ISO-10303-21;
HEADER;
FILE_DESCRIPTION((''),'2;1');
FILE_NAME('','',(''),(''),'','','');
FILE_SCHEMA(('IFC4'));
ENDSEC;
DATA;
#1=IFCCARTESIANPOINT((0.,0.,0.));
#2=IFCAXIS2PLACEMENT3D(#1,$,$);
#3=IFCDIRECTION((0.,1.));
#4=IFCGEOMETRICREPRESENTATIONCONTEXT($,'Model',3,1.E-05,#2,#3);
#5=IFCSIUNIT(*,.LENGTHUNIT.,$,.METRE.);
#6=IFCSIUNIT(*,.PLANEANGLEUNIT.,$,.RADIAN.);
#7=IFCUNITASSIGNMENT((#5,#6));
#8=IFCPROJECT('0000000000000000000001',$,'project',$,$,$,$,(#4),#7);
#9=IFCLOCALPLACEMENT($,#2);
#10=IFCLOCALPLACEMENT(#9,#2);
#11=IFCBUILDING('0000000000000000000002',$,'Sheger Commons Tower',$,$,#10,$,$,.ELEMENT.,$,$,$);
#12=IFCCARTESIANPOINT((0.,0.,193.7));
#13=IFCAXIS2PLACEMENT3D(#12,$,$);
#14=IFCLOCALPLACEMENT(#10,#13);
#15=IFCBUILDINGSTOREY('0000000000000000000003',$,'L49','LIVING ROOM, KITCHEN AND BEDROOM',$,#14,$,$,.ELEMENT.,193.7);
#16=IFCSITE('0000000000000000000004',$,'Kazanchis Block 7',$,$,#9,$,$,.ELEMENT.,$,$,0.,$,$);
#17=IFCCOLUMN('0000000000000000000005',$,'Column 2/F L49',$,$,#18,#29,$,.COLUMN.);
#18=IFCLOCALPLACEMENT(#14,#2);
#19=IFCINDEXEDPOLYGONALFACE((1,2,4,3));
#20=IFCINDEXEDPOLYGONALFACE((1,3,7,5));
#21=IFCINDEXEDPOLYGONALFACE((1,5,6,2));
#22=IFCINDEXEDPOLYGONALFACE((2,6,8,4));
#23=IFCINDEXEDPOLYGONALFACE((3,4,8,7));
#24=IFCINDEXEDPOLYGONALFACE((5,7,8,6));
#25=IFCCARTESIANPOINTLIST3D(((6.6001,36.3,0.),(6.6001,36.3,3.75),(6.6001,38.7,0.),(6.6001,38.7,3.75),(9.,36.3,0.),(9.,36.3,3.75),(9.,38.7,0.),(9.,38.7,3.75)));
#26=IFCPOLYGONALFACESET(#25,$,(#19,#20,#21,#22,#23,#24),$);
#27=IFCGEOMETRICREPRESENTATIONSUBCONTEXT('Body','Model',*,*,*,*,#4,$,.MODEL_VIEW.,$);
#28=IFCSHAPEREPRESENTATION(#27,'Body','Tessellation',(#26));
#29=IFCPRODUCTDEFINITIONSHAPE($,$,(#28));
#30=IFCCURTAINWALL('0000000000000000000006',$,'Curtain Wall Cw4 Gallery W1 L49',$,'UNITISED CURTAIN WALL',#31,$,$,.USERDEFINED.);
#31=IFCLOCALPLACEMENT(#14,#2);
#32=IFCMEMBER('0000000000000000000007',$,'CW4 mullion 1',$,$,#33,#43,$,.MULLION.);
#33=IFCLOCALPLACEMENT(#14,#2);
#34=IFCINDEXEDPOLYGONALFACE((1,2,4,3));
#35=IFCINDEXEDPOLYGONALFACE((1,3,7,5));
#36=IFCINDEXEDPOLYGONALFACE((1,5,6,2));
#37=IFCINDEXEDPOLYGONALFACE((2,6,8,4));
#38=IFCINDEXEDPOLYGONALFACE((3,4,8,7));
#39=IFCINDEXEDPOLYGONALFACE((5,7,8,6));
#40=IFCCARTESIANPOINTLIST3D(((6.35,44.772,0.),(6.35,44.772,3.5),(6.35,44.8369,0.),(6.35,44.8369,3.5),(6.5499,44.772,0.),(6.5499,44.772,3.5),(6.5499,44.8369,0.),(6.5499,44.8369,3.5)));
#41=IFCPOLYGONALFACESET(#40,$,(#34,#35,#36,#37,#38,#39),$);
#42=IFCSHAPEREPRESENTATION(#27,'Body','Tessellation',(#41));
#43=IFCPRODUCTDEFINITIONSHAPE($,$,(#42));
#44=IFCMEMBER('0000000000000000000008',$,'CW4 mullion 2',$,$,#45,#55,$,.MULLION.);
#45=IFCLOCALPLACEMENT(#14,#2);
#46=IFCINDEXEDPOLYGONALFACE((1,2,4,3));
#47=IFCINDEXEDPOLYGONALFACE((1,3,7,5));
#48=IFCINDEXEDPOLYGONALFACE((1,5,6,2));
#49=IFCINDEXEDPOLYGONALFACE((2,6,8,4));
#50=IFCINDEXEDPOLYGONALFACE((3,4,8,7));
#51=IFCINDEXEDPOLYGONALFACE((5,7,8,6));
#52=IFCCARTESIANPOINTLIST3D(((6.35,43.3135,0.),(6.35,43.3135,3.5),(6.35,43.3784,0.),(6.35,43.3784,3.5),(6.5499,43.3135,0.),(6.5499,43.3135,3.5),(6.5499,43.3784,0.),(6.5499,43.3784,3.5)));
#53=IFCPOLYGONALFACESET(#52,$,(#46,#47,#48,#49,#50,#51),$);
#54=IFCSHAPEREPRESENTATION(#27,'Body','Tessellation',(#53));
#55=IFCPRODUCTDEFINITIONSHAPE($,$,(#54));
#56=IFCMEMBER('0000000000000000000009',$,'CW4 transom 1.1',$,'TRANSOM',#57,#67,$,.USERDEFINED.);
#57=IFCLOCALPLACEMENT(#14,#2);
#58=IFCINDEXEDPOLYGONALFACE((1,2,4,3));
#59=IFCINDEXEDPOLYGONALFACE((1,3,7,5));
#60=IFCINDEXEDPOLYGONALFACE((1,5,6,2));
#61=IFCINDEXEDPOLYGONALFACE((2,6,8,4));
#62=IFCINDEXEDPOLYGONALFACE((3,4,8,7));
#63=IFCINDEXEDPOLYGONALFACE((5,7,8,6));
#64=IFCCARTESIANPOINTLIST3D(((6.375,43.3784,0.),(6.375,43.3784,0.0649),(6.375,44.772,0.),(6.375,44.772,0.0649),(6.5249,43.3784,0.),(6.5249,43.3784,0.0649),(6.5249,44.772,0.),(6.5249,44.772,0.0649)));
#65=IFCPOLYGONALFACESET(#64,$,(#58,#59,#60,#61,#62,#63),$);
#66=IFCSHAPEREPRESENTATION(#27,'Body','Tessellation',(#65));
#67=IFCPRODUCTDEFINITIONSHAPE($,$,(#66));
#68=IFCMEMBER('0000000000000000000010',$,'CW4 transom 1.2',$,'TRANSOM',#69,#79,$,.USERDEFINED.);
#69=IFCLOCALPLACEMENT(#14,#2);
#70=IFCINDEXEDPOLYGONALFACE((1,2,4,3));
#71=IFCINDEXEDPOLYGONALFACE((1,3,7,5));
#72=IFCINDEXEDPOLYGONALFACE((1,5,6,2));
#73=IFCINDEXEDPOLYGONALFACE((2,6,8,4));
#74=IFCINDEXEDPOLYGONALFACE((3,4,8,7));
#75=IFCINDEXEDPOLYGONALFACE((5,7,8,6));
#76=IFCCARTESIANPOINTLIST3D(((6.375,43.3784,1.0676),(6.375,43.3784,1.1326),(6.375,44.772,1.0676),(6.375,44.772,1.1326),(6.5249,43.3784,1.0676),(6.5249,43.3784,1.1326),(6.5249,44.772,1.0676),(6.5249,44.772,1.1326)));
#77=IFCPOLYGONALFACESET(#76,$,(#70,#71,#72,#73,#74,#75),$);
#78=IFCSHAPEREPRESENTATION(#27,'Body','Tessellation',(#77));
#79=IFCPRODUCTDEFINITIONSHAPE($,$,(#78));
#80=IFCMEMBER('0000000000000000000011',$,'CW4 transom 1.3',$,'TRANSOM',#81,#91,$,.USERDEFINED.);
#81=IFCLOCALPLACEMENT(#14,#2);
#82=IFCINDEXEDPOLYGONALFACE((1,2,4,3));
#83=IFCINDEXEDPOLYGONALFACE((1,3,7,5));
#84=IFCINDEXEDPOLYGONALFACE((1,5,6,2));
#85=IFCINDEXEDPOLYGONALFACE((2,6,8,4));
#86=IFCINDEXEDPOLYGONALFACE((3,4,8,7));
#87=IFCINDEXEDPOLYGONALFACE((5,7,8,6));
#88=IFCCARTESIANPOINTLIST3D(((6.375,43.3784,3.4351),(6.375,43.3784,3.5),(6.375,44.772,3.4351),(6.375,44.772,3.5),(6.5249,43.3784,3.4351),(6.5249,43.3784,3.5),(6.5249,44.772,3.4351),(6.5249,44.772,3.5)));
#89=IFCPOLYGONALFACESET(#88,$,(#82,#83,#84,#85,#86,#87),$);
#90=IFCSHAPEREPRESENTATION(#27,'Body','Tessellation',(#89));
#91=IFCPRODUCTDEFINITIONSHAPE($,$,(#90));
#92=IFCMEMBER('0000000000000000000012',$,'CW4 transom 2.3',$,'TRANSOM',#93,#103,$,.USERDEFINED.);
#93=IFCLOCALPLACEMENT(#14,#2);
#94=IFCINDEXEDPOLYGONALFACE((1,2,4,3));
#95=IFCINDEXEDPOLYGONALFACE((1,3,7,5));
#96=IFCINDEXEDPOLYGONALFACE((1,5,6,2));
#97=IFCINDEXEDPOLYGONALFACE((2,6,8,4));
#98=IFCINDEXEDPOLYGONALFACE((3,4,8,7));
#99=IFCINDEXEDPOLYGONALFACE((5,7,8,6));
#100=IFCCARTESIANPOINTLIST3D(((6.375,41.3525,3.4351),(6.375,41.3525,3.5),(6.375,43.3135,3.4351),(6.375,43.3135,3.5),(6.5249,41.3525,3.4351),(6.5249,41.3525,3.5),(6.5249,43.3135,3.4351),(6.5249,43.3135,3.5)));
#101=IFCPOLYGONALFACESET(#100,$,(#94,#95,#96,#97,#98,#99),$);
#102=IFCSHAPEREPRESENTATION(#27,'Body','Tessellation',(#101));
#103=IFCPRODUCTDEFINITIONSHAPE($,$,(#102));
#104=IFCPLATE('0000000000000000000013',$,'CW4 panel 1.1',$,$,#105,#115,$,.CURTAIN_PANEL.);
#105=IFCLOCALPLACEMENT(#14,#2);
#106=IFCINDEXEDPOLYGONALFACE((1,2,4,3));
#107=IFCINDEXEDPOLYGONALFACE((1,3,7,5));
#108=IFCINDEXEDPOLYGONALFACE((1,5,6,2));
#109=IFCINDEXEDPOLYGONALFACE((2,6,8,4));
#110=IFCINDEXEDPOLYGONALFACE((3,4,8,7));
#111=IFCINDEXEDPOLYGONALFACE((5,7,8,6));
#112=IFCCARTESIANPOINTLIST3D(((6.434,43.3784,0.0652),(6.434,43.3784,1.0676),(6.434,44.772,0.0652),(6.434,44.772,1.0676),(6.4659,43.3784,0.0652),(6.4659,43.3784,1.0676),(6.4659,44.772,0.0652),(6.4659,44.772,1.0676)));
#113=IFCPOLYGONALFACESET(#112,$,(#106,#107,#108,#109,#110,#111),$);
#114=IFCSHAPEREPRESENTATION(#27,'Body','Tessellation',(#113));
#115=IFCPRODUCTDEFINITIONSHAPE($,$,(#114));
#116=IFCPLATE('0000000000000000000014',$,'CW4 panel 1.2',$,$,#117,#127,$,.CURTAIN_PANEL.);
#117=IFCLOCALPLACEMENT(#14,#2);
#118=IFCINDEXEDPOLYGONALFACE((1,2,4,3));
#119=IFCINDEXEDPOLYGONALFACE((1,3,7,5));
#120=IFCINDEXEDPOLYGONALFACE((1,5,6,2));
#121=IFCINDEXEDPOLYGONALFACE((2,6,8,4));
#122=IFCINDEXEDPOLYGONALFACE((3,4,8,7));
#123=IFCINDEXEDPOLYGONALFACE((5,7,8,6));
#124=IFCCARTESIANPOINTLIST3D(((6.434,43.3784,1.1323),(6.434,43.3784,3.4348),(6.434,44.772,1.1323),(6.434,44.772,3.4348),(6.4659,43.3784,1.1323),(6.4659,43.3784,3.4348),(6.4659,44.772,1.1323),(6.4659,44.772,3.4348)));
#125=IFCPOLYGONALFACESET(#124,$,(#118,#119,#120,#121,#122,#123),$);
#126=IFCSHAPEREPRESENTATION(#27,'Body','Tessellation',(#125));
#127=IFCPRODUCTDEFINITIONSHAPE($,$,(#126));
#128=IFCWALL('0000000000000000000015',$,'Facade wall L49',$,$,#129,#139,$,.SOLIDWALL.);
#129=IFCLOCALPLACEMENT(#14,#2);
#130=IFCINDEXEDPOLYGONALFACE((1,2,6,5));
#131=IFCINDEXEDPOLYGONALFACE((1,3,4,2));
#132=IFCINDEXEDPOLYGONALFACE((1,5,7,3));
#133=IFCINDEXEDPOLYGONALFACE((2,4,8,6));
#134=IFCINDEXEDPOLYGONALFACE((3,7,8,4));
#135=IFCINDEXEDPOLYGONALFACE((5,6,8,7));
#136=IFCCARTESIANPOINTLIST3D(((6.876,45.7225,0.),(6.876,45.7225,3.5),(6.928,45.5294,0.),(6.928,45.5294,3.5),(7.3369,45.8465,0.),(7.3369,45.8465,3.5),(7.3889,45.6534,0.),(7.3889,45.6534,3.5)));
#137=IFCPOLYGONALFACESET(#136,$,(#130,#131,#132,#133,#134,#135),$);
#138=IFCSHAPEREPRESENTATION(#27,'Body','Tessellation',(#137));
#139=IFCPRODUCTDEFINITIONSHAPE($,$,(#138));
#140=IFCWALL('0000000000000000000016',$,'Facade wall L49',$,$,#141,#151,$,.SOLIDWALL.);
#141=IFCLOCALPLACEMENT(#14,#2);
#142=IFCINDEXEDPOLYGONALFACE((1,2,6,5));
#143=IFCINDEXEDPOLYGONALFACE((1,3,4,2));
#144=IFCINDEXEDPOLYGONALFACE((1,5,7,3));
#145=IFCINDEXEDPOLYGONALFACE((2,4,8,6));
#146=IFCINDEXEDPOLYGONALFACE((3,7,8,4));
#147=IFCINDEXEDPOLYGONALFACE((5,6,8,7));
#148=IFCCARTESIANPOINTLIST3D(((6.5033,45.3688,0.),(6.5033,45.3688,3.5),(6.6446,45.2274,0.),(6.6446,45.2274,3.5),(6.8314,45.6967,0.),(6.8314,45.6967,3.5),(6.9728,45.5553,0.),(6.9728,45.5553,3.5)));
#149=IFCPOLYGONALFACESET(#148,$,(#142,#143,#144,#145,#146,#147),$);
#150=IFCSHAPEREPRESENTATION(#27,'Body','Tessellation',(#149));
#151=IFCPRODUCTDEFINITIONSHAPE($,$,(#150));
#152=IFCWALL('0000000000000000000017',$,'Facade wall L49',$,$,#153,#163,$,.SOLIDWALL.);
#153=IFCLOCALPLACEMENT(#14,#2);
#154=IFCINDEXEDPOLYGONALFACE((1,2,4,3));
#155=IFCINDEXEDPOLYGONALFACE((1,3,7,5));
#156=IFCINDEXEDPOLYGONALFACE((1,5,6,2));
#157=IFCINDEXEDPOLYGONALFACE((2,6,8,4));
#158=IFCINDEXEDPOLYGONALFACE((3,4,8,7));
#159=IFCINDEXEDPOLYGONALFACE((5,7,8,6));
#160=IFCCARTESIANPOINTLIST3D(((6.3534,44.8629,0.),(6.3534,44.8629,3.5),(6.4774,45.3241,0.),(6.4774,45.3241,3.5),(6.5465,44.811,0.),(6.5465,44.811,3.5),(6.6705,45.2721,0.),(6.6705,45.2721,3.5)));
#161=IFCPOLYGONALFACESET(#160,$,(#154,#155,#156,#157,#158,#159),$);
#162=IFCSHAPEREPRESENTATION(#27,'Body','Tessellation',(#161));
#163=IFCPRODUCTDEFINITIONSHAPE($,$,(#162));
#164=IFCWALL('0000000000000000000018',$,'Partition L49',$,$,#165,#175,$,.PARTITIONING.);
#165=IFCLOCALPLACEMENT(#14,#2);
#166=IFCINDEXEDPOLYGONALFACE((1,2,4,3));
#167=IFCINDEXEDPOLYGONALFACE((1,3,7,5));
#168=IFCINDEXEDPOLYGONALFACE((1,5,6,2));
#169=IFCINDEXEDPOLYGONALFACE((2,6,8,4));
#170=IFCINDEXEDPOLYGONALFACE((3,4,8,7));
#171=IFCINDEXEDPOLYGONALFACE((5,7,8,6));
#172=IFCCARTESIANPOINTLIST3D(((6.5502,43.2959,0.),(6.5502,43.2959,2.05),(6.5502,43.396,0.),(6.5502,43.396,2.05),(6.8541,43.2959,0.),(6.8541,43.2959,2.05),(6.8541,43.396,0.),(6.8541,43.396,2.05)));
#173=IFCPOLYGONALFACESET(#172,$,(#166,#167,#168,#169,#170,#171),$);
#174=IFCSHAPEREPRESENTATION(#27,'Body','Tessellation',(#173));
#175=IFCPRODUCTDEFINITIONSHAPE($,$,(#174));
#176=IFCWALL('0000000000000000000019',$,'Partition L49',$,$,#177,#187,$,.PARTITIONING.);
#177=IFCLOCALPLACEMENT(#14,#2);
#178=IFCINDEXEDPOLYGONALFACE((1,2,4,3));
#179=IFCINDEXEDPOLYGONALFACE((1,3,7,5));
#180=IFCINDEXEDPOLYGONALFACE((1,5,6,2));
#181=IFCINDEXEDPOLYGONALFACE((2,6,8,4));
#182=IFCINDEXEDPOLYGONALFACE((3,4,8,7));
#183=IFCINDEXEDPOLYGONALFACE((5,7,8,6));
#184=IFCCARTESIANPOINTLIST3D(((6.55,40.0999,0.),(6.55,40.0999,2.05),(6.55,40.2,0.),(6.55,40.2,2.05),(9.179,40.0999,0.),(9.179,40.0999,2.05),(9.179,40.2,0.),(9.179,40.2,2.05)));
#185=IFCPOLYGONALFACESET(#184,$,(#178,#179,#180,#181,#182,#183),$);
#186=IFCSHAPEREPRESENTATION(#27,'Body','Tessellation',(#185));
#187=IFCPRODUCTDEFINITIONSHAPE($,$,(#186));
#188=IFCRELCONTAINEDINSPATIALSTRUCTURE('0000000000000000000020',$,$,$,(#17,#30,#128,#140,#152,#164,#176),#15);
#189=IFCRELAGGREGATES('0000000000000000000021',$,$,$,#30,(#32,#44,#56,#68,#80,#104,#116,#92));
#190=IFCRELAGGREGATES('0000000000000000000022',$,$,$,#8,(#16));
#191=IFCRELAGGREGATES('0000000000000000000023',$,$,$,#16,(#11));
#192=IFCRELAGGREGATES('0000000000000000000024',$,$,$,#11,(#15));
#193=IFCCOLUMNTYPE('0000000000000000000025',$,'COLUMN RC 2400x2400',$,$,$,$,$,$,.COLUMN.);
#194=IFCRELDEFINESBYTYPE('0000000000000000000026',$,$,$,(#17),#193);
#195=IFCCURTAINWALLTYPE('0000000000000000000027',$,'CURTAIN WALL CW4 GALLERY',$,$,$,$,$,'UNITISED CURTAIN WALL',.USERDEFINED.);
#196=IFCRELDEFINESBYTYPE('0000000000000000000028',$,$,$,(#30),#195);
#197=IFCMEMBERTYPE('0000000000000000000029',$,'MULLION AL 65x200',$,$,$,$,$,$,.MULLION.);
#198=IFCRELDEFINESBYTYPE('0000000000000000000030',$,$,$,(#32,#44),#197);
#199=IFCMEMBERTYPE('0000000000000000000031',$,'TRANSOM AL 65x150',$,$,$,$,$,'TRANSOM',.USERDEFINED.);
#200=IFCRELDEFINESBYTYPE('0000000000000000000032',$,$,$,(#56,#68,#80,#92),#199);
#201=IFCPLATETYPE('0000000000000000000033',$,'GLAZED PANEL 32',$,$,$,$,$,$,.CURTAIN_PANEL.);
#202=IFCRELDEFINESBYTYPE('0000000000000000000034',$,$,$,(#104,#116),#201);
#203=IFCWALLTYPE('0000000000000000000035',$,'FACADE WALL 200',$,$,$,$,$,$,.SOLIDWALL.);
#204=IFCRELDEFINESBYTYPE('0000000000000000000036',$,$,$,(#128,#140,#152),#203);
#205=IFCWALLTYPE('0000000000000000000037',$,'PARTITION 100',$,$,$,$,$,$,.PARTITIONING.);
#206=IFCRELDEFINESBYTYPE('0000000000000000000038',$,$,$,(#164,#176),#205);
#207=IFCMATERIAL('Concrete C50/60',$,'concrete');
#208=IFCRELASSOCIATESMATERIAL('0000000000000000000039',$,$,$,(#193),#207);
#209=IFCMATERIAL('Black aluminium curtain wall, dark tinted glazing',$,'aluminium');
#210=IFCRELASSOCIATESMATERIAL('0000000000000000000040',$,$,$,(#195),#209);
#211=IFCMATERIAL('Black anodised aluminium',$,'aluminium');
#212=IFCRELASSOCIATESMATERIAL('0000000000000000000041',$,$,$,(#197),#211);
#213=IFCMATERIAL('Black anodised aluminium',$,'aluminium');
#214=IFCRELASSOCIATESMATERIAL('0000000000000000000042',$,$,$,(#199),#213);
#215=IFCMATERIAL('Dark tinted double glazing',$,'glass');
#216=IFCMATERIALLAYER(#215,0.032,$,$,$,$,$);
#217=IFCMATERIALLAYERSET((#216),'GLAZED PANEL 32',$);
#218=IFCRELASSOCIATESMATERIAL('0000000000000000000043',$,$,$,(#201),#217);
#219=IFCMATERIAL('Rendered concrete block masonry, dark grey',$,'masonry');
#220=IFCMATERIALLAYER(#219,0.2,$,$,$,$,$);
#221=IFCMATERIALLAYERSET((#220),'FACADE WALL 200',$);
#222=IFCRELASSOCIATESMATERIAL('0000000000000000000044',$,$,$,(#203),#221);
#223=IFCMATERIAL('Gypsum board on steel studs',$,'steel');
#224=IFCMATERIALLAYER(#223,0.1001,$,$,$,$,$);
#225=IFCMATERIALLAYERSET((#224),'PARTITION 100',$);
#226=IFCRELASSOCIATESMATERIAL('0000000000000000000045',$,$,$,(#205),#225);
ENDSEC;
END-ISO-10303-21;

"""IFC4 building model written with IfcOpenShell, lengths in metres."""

from ifc_helpers import new_model, si_unit, direction, frame, frame_2d, origin, origin_2d, place, context, subcontext, project, spatial, rectangle, extrude, material, layer, layer_set, material_profile, profile_set, type_object, element, aggregate, save


model = new_model("IFC4")

# Units and contexts
model_context = context("Model", 3, precision=1e-05, world=origin(), true_north=direction((0.0, 1.0)))
body_context = subcontext(model_context, "Body", "Model", "MODEL_VIEW")
ifc_project = project(units=[si_unit("LENGTHUNIT", "METRE"), si_unit("PLANEANGLEUNIT", "RADIAN")], contexts=[model_context])

# Site, building, storey
site_placement = place(None, origin())
site = spatial("IfcSite", under=ifc_project, at=site_placement, Name="Kazanchis Block 7", CompositionType="ELEMENT", RefElevation=0.0)
building_placement = place(site_placement, origin())
building = spatial("IfcBuilding", under=site, at=building_placement, Name="Sheger Commons Tower", CompositionType="ELEMENT")
storey_placement = place(building_placement, frame((0.0, 0.0, 193.7)))
storey = spatial("IfcBuildingStorey", under=building, at=storey_placement, Name="L49", Description="LIVING ROOM, KITCHEN AND BEDROOM", CompositionType="ELEMENT", Elevation=193.7)

# Column
ifc_material_1 = material(Name="Concrete C50/60", Category="concrete")
ifc_material_profile_1 = material_profile(ifc_material_1, rectangle(XDim=2.3999, YDim=2.3999, at=origin_2d()), Name="RC 2400x2400")
ifc_profile_set_1 = profile_set([ifc_material_profile_1], Name="Concrete C50/60")
column_type = type_object("IfcColumnType", Name="COLUMN RC 2400x2400", PredefinedType="COLUMN", material=ifc_profile_set_1)
column_placement = place(storey_placement, frame((7.8, 37.5, 0.0), z_axis=(0.0, 0.0, 1.0), x_axis=(1.0, 0.0, 0.0)))
element("IfcColumn", 1, at=column_placement, inside=storey, type_object=column_type, Name="Column 2/F L49", PredefinedType="COLUMN", context=body_context, shape_type="SweptSolid", body=[
    extrude(rectangle(XDim=2.3999, YDim=2.3999, at=origin_2d()), origin(), (0.0, 0.0, 1.0), 3.75),
])

# Curtain wall, members, plates
ifc_material_2 = material(Name="Black aluminium curtain wall, dark tinted glazing", Category="aluminium")
curtain_wall_type = type_object("IfcCurtainWallType", Name="CURTAIN WALL CW4 GALLERY", ElementType="UNITISED CURTAIN WALL", PredefinedType="USERDEFINED", material=ifc_material_2)
curtain_wall_placement = place(storey_placement, origin())
curtain_wall = element("IfcCurtainWall", 2, at=curtain_wall_placement, inside=storey, type_object=curtain_wall_type, Name="Curtain Wall Cw4 Gallery W1 L49", ObjectType="UNITISED CURTAIN WALL", PredefinedType="USERDEFINED")
ifc_material_3 = material(Name="Black anodised aluminium", Category="aluminium")
ifc_material_profile_2 = material_profile(ifc_material_3, rectangle(XDim=0.2, YDim=0.0649, at=origin_2d()), Name="AL 65x200")
ifc_profile_set_2 = profile_set([ifc_material_profile_2], Name="Black anodised aluminium")
member_type_1 = type_object("IfcMemberType", Name="MULLION AL 65x200", PredefinedType="MULLION", material=ifc_profile_set_2)
member_1_placement = place(storey_placement, frame((6.45, 44.8044, 0.0), z_axis=(0.0, 0.0, 1.0), x_axis=(1.0, 0.0, 0.0)))
member_1 = element("IfcMember", 3, at=member_1_placement, type_object=member_type_1, Name="CW4 mullion 1", PredefinedType="MULLION", context=body_context, shape_type="SweptSolid", body=[
    extrude(rectangle(XDim=0.2, YDim=0.0649, at=origin_2d()), origin(), (0.0, 0.0, 1.0), 3.5),
])
member_2_placement = place(storey_placement, frame((6.45, 43.3459, 0.0), z_axis=(0.0, 0.0, 1.0), x_axis=(1.0, 0.0, 0.0)))
member_2 = element("IfcMember", 4, at=member_2_placement, type_object=member_type_1, Name="CW4 mullion 2", PredefinedType="MULLION", context=body_context, shape_type="SweptSolid", body=[
    extrude(rectangle(XDim=0.2, YDim=0.0649, at=origin_2d()), origin(), (0.0, 0.0, 1.0), 3.5),
])
ifc_material_4 = material(Name="Black anodised aluminium", Category="aluminium")
ifc_material_profile_3 = material_profile(ifc_material_4, rectangle(XDim=0.1499, YDim=0.0649, at=origin_2d()), Name="AL 65x150")
ifc_profile_set_3 = profile_set([ifc_material_profile_3], Name="Black anodised aluminium")
member_type_2 = type_object("IfcMemberType", Name="TRANSOM AL 65x150", ElementType="TRANSOM", PredefinedType="USERDEFINED", material=ifc_profile_set_3)
member_3_placement = place(storey_placement, frame((6.45, 44.772, 0.0325), z_axis=(0.0, -1.0, 0.0), x_axis=(1.0, 0.0, 0.0)))
member_3 = element("IfcMember", 5, at=member_3_placement, type_object=member_type_2, Name="CW4 transom 1.1", ObjectType="TRANSOM", PredefinedType="USERDEFINED", context=body_context, shape_type="SweptSolid", body=[
    extrude(rectangle(XDim=0.1499, YDim=0.0649, at=origin_2d()), origin(), (0.0, 0.0, 1.0), 1.3936),
])
member_4_placement = place(storey_placement, frame((6.45, 44.772, 1.1001), z_axis=(0.0, -1.0, 0.0), x_axis=(1.0, 0.0, 0.0)))
member_4 = element("IfcMember", 6, at=member_4_placement, type_object=member_type_2, Name="CW4 transom 1.2", ObjectType="TRANSOM", PredefinedType="USERDEFINED", context=body_context, shape_type="SweptSolid", body=[
    extrude(rectangle(XDim=0.1499, YDim=0.0649, at=origin_2d()), origin(), (0.0, 0.0, 1.0), 1.3936),
])
member_5_placement = place(storey_placement, frame((6.45, 44.772, 3.4675), z_axis=(0.0, -1.0, 0.0), x_axis=(1.0, 0.0, 0.0)))
member_5 = element("IfcMember", 7, at=member_5_placement, type_object=member_type_2, Name="CW4 transom 1.3", ObjectType="TRANSOM", PredefinedType="USERDEFINED", context=body_context, shape_type="SweptSolid", body=[
    extrude(rectangle(XDim=0.1499, YDim=0.0649, at=origin_2d()), origin(), (0.0, 0.0, 1.0), 1.3936),
])
member_6_placement = place(storey_placement, frame((6.45, 43.3135, 3.4675), z_axis=(0.0, -1.0, 0.0), x_axis=(1.0, 0.0, 0.0)))
member_6 = element("IfcMember", 8, at=member_6_placement, type_object=member_type_2, Name="CW4 transom 2.3", ObjectType="TRANSOM", PredefinedType="USERDEFINED", context=body_context, shape_type="SweptSolid", body=[
    extrude(rectangle(XDim=0.1499, YDim=0.0649, at=origin_2d()), origin(), (0.0, 0.0, 1.0), 1.9609),
])
ifc_material_5 = material(Name="Dark tinted double glazing", Category="glass")
ifc_layer_1 = layer(ifc_material_5, 0.032)
ifc_layer_set_1 = layer_set([ifc_layer_1], Name="GLAZED PANEL 32")
plate_type = type_object("IfcPlateType", Name="GLAZED PANEL 32", PredefinedType="CURTAIN_PANEL", material=ifc_layer_set_1)
plate_1_placement = place(storey_placement, frame((6.45, 44.0752, 0.0652), z_axis=(0.0, 0.0, 1.0), x_axis=(0.0, -1.0, 0.0)))
plate_1 = element("IfcPlate", 9, at=plate_1_placement, type_object=plate_type, Name="CW4 panel 1.1", PredefinedType="CURTAIN_PANEL", context=body_context, shape_type="SweptSolid", body=[
    extrude(rectangle(XDim=1.3936, YDim=0.032, at=origin_2d()), origin(), (0.0, 0.0, 1.0), 1.0024),
])
plate_2_placement = place(storey_placement, frame((6.45, 44.0752, 1.1323), z_axis=(0.0, 0.0, 1.0), x_axis=(0.0, -1.0, 0.0)))
plate_2 = element("IfcPlate", 10, at=plate_2_placement, type_object=plate_type, Name="CW4 panel 1.2", PredefinedType="CURTAIN_PANEL", context=body_context, shape_type="SweptSolid", body=[
    extrude(rectangle(XDim=1.3936, YDim=0.032, at=origin_2d()), origin(), (0.0, 0.0, 1.0), 2.3025),
])
aggregate(curtain_wall, [member_1, member_2, member_3, member_4, member_5, plate_1, plate_2, member_6])

# Walls
ifc_material_6 = material(Name="Rendered concrete block masonry, dark grey", Category="masonry")
ifc_layer_2 = layer(ifc_material_6, 0.2)
ifc_layer_set_2 = layer_set([ifc_layer_2], Name="FACADE WALL 200")
wall_type_1 = type_object("IfcWallType", Name="FACADE WALL 200", PredefinedType="SOLIDWALL", material=ifc_layer_set_2)
wall_1_placement = place(storey_placement, frame((7.363, 45.75, 0.0), z_axis=(0.0, 0.0, 1.0), x_axis=(-0.965655, -0.259827, 0.0)))
element("IfcWall", 11, at=wall_1_placement, inside=storey, type_object=wall_type_1, Name="Facade wall L49", PredefinedType="SOLIDWALL", context=body_context, shape_type="SweptSolid", body=[
    extrude(rectangle(XDim=0.4773, YDim=0.2, at=frame_2d((0.2388, 0.0))), origin(), (0.0, 0.0, 1.0), 3.5),
])
wall_2_placement = place(storey_placement, frame((6.9021, 45.626, 0.0), z_axis=(0.0, 0.0, 1.0), x_axis=(-0.70737, -0.706844, 0.0)))
element("IfcWall", 12, at=wall_2_placement, inside=storey, type_object=wall_type_1, Name="Facade wall L49", PredefinedType="SOLIDWALL", context=body_context, shape_type="SweptSolid", body=[
    extrude(rectangle(XDim=0.4639, YDim=0.2, at=frame_2d((0.2319, 0.0))), origin(), (0.0, 0.0, 1.0), 3.5),
])
wall_3_placement = place(storey_placement, frame((6.574, 45.2981, 0.0), z_axis=(0.0, 0.0, 1.0), x_axis=(-0.259698, -0.96569, 0.0)))
element("IfcWall", 13, at=wall_3_placement, inside=storey, type_object=wall_type_1, Name="Facade wall L49", PredefinedType="SOLIDWALL", context=body_context, shape_type="SweptSolid", body=[
    extrude(rectangle(XDim=0.4775, YDim=0.2, at=frame_2d((0.2388, 0.0))), origin(), (0.0, 0.0, 1.0), 3.5),
])
ifc_material_7 = material(Name="Gypsum board on steel studs", Category="steel")
ifc_layer_3 = layer(ifc_material_7, 0.1001)
ifc_layer_set_3 = layer_set([ifc_layer_3], Name="PARTITION 100")
wall_type_2 = type_object("IfcWallType", Name="PARTITION 100", PredefinedType="PARTITIONING", material=ifc_layer_set_3)
wall_4_placement = place(storey_placement, frame((6.854, 43.3459, 0.0), z_axis=(0.0, 0.0, 1.0), x_axis=(-1.0, 0.0, 0.0)))
element("IfcWall", 14, at=wall_4_placement, inside=storey, type_object=wall_type_2, Name="Partition L49", PredefinedType="PARTITIONING", context=body_context, shape_type="SweptSolid", body=[
    extrude(rectangle(XDim=0.304, YDim=0.1001, at=frame_2d((0.1519, 0.0))), origin(), (0.0, 0.0, 1.0), 2.05),
])
wall_5_placement = place(storey_placement, frame((6.55, 40.1499, 0.0), z_axis=(0.0, 0.0, 1.0), x_axis=(1.0, 0.0, 0.0)))
element("IfcWall", 15, at=wall_5_placement, inside=storey, type_object=wall_type_2, Name="Partition L49", PredefinedType="PARTITIONING", context=body_context, shape_type="SweptSolid", body=[
    extrude(rectangle(XDim=2.6289, YDim=0.1001, at=frame_2d((1.3145, 0.0))), origin(), (0.0, 0.0, 1.0), 2.05),
])

save(model, "model.ifc")
